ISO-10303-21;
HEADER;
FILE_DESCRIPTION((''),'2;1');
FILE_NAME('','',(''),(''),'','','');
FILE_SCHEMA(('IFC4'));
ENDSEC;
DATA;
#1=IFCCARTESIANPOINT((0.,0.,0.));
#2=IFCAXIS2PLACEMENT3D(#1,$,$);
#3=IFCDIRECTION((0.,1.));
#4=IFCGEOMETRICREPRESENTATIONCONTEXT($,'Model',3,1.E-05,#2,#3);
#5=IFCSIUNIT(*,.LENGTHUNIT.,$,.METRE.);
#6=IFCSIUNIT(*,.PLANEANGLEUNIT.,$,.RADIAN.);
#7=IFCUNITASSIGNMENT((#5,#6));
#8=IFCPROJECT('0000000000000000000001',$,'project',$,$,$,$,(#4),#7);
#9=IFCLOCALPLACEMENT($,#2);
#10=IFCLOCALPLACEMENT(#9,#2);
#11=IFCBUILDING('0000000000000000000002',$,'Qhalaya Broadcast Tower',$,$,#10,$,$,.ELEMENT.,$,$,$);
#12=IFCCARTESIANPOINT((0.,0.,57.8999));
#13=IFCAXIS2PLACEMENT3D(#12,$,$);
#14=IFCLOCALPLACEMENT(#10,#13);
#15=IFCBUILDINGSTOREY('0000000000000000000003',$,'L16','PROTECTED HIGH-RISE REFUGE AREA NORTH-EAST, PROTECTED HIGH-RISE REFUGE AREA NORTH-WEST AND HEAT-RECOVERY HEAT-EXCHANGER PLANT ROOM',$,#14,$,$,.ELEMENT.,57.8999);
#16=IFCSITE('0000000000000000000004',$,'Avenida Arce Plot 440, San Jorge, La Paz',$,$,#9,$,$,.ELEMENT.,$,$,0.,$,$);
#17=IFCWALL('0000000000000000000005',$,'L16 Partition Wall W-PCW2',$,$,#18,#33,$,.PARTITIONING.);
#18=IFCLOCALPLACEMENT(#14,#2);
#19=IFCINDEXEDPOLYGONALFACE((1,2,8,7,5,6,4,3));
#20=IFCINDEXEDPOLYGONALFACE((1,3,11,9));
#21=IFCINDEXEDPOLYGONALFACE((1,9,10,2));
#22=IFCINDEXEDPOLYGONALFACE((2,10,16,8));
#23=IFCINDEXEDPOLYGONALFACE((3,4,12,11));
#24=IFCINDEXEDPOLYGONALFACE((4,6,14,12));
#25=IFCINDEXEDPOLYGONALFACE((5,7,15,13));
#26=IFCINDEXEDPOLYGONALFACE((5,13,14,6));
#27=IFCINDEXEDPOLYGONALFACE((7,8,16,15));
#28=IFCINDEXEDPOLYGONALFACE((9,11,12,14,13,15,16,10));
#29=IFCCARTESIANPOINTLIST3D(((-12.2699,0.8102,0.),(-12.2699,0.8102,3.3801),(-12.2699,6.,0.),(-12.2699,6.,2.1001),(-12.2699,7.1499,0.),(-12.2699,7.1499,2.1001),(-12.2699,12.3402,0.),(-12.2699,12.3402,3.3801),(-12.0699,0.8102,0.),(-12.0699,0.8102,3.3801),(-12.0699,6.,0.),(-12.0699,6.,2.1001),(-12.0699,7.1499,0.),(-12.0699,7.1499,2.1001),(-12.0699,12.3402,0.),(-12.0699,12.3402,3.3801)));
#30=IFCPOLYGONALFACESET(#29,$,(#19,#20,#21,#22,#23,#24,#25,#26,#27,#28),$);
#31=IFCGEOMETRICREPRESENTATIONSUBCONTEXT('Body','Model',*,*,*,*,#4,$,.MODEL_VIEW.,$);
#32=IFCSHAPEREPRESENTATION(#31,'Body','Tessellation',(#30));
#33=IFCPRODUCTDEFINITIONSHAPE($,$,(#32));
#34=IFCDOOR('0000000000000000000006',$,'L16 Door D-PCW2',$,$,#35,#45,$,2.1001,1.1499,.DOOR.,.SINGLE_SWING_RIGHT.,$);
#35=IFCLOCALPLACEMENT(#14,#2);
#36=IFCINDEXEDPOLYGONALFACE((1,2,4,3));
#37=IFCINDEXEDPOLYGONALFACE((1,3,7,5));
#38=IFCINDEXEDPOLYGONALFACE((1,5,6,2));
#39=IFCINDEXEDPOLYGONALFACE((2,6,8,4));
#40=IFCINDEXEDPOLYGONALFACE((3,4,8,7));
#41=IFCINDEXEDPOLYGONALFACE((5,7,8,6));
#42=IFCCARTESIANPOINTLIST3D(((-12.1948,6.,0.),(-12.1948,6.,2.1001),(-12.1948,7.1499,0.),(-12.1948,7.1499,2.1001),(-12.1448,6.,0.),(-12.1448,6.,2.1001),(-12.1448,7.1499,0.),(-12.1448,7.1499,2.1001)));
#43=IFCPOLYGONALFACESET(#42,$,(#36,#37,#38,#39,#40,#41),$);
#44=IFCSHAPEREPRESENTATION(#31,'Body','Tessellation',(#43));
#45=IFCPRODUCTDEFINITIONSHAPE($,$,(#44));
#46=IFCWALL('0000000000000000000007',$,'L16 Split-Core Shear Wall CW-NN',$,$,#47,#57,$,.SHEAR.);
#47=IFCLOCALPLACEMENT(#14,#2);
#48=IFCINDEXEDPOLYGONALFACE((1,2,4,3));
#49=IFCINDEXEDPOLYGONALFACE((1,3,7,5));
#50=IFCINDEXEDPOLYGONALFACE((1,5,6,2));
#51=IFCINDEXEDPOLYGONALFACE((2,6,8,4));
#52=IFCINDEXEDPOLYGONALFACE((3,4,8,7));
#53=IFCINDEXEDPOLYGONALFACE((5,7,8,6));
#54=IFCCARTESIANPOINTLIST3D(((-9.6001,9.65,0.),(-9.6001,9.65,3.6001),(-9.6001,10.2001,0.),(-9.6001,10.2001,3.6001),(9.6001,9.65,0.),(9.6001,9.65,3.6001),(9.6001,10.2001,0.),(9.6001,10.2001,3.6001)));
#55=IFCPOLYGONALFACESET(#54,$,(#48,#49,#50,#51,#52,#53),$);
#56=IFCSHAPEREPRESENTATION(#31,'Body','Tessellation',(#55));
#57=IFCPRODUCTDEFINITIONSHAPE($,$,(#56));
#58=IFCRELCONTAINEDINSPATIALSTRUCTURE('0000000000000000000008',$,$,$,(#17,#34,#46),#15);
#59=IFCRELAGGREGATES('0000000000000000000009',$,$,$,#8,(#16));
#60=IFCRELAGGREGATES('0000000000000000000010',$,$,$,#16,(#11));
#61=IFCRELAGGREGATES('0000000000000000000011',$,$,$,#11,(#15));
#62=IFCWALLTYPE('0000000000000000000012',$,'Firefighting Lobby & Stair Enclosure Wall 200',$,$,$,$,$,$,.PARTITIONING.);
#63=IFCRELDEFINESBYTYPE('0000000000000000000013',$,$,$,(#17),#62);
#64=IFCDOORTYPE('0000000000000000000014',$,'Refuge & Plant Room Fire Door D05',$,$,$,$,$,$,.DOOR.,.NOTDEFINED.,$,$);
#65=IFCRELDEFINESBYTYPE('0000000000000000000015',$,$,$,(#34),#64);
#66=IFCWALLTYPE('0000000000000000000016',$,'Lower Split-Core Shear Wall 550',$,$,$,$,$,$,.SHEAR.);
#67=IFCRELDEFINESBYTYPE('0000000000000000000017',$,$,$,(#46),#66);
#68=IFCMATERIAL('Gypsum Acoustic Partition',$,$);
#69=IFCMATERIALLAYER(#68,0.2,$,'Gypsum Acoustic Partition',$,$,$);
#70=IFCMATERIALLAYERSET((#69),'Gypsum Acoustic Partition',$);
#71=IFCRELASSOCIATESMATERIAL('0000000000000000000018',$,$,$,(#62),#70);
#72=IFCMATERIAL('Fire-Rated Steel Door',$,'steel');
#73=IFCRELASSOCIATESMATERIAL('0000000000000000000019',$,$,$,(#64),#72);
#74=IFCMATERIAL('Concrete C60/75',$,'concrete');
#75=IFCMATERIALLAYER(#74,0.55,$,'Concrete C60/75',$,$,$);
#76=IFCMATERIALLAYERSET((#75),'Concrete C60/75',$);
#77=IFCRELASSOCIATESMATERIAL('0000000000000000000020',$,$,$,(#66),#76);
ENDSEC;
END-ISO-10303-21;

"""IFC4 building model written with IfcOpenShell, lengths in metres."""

from ifc_helpers import new_model, si_unit, direction, frame, frame_2d, origin, place, context, subcontext, project, spatial, rectangle, extrude, material, layer, layer_set, type_object, element, fill, save


model = new_model("IFC4")

# Units and contexts
model_context = context("Model", 3, precision=1e-05, world=origin(), true_north=direction((0.0, 1.0)))
body_context = subcontext(model_context, "Body", "Model", "MODEL_VIEW")
ifc_project = project(units=[si_unit("LENGTHUNIT", "METRE"), si_unit("PLANEANGLEUNIT", "RADIAN")], contexts=[model_context])

# Site, building, storey
site_placement = place(None, origin())
site = spatial("IfcSite", under=ifc_project, at=site_placement, Name="Avenida Arce Plot 440, San Jorge, La Paz", CompositionType="ELEMENT", RefElevation=0.0)
building_placement = place(site_placement, origin())
building = spatial("IfcBuilding", under=site, at=building_placement, Name="Qhalaya Broadcast Tower", CompositionType="ELEMENT")
storey_placement = place(building_placement, frame((0.0, 0.0, 57.8999)))
storey = spatial("IfcBuildingStorey", under=building, at=storey_placement, Name="L16", Description="PROTECTED HIGH-RISE REFUGE AREA NORTH-EAST, PROTECTED HIGH-RISE REFUGE AREA NORTH-WEST AND HEAT-RECOVERY HEAT-EXCHANGER PLANT ROOM", CompositionType="ELEMENT", Elevation=57.8999)

# Wall, opening, door
ifc_material_1 = material(Name="Gypsum Acoustic Partition")
ifc_layer_1 = layer(ifc_material_1, 0.2, Name="Gypsum Acoustic Partition")
ifc_layer_set_1 = layer_set([ifc_layer_1], Name="Gypsum Acoustic Partition")
wall_type_1 = type_object("IfcWallType", Name="Firefighting Lobby & Stair Enclosure Wall 200", PredefinedType="PARTITIONING", material=ifc_layer_set_1)
wall_1_placement = place(storey_placement, frame((-12.1699, 0.8101, 0.0), z_axis=(0.0, 0.0, 1.0), x_axis=(0.0, 1.0, 0.0)))
wall_1 = element("IfcWall", 1, at=wall_1_placement, inside=storey, type_object=wall_type_1, Name="L16 Partition Wall W-PCW2", PredefinedType="PARTITIONING", context=body_context, shape_type="SweptSolid", body=[
    extrude(rectangle(XDim=11.53, YDim=0.2, at=frame_2d((5.7651, 0.0))), origin(), (0.0, 0.0, 1.0), 3.3801),
])
opening_1_placement = place(wall_1_placement, frame((5.1899, 0.0, 0.0)))
opening_1 = element("IfcOpeningElement", 2, at=opening_1_placement, cuts=wall_1, PredefinedType="OPENING", context=body_context, shape_type="SweptSolid", body=[
    extrude(rectangle(XDim=1.1499, YDim=2.1001, at=frame_2d((0.575, 1.05))), frame((0.0, 0.1121, 0.0), z_axis=(0.0, -1.0, 0.0), x_axis=(1.0, 0.0, 0.0)), (0.0, 0.0, 1.0), 0.2239),
])
ifc_material_2 = material(Name="Fire-Rated Steel Door", Category="steel")
door_type_1 = type_object("IfcDoorType", Name="Refuge & Plant Room Fire Door D05", OperationType="NOTDEFINED", PredefinedType="DOOR", material=ifc_material_2)
door_1_placement = place(opening_1_placement, origin())
door_1 = element("IfcDoor", 3, at=door_1_placement, inside=storey, type_object=door_type_1, Name="L16 Door D-PCW2", OperationType="SINGLE_SWING_RIGHT", OverallHeight=2.1001, OverallWidth=1.1499, PredefinedType="DOOR", context=body_context, shape_type="SweptSolid", body=[
    extrude(rectangle(XDim=1.1499, YDim=2.1001, at=frame_2d((0.575, 1.05))), frame((0.0, 0.0249, 0.0), z_axis=(0.0, -1.0, 0.0), x_axis=(1.0, 0.0, 0.0)), (0.0, 0.0, 1.0), 0.05),
])
fill(opening_1, door_1)

# Wall
ifc_material_3 = material(Name="Concrete C60/75", Category="concrete")
ifc_layer_2 = layer(ifc_material_3, 0.55, Name="Concrete C60/75")
ifc_layer_set_2 = layer_set([ifc_layer_2], Name="Concrete C60/75")
wall_type_2 = type_object("IfcWallType", Name="Lower Split-Core Shear Wall 550", PredefinedType="SHEAR", material=ifc_layer_set_2)
wall_2_placement = place(storey_placement, frame((-9.6001, 9.925, 0.0), z_axis=(0.0, 0.0, 1.0), x_axis=(1.0, 0.0, 0.0)))
element("IfcWall", 4, at=wall_2_placement, inside=storey, type_object=wall_type_2, Name="L16 Split-Core Shear Wall CW-NN", PredefinedType="SHEAR", context=body_context, shape_type="SweptSolid", body=[
    extrude(rectangle(XDim=19.2002, YDim=0.55, at=frame_2d((9.6001, 0.0))), origin(), (0.0, 0.0, 1.0), 3.6001),
])

save(model, "model.ifc")
